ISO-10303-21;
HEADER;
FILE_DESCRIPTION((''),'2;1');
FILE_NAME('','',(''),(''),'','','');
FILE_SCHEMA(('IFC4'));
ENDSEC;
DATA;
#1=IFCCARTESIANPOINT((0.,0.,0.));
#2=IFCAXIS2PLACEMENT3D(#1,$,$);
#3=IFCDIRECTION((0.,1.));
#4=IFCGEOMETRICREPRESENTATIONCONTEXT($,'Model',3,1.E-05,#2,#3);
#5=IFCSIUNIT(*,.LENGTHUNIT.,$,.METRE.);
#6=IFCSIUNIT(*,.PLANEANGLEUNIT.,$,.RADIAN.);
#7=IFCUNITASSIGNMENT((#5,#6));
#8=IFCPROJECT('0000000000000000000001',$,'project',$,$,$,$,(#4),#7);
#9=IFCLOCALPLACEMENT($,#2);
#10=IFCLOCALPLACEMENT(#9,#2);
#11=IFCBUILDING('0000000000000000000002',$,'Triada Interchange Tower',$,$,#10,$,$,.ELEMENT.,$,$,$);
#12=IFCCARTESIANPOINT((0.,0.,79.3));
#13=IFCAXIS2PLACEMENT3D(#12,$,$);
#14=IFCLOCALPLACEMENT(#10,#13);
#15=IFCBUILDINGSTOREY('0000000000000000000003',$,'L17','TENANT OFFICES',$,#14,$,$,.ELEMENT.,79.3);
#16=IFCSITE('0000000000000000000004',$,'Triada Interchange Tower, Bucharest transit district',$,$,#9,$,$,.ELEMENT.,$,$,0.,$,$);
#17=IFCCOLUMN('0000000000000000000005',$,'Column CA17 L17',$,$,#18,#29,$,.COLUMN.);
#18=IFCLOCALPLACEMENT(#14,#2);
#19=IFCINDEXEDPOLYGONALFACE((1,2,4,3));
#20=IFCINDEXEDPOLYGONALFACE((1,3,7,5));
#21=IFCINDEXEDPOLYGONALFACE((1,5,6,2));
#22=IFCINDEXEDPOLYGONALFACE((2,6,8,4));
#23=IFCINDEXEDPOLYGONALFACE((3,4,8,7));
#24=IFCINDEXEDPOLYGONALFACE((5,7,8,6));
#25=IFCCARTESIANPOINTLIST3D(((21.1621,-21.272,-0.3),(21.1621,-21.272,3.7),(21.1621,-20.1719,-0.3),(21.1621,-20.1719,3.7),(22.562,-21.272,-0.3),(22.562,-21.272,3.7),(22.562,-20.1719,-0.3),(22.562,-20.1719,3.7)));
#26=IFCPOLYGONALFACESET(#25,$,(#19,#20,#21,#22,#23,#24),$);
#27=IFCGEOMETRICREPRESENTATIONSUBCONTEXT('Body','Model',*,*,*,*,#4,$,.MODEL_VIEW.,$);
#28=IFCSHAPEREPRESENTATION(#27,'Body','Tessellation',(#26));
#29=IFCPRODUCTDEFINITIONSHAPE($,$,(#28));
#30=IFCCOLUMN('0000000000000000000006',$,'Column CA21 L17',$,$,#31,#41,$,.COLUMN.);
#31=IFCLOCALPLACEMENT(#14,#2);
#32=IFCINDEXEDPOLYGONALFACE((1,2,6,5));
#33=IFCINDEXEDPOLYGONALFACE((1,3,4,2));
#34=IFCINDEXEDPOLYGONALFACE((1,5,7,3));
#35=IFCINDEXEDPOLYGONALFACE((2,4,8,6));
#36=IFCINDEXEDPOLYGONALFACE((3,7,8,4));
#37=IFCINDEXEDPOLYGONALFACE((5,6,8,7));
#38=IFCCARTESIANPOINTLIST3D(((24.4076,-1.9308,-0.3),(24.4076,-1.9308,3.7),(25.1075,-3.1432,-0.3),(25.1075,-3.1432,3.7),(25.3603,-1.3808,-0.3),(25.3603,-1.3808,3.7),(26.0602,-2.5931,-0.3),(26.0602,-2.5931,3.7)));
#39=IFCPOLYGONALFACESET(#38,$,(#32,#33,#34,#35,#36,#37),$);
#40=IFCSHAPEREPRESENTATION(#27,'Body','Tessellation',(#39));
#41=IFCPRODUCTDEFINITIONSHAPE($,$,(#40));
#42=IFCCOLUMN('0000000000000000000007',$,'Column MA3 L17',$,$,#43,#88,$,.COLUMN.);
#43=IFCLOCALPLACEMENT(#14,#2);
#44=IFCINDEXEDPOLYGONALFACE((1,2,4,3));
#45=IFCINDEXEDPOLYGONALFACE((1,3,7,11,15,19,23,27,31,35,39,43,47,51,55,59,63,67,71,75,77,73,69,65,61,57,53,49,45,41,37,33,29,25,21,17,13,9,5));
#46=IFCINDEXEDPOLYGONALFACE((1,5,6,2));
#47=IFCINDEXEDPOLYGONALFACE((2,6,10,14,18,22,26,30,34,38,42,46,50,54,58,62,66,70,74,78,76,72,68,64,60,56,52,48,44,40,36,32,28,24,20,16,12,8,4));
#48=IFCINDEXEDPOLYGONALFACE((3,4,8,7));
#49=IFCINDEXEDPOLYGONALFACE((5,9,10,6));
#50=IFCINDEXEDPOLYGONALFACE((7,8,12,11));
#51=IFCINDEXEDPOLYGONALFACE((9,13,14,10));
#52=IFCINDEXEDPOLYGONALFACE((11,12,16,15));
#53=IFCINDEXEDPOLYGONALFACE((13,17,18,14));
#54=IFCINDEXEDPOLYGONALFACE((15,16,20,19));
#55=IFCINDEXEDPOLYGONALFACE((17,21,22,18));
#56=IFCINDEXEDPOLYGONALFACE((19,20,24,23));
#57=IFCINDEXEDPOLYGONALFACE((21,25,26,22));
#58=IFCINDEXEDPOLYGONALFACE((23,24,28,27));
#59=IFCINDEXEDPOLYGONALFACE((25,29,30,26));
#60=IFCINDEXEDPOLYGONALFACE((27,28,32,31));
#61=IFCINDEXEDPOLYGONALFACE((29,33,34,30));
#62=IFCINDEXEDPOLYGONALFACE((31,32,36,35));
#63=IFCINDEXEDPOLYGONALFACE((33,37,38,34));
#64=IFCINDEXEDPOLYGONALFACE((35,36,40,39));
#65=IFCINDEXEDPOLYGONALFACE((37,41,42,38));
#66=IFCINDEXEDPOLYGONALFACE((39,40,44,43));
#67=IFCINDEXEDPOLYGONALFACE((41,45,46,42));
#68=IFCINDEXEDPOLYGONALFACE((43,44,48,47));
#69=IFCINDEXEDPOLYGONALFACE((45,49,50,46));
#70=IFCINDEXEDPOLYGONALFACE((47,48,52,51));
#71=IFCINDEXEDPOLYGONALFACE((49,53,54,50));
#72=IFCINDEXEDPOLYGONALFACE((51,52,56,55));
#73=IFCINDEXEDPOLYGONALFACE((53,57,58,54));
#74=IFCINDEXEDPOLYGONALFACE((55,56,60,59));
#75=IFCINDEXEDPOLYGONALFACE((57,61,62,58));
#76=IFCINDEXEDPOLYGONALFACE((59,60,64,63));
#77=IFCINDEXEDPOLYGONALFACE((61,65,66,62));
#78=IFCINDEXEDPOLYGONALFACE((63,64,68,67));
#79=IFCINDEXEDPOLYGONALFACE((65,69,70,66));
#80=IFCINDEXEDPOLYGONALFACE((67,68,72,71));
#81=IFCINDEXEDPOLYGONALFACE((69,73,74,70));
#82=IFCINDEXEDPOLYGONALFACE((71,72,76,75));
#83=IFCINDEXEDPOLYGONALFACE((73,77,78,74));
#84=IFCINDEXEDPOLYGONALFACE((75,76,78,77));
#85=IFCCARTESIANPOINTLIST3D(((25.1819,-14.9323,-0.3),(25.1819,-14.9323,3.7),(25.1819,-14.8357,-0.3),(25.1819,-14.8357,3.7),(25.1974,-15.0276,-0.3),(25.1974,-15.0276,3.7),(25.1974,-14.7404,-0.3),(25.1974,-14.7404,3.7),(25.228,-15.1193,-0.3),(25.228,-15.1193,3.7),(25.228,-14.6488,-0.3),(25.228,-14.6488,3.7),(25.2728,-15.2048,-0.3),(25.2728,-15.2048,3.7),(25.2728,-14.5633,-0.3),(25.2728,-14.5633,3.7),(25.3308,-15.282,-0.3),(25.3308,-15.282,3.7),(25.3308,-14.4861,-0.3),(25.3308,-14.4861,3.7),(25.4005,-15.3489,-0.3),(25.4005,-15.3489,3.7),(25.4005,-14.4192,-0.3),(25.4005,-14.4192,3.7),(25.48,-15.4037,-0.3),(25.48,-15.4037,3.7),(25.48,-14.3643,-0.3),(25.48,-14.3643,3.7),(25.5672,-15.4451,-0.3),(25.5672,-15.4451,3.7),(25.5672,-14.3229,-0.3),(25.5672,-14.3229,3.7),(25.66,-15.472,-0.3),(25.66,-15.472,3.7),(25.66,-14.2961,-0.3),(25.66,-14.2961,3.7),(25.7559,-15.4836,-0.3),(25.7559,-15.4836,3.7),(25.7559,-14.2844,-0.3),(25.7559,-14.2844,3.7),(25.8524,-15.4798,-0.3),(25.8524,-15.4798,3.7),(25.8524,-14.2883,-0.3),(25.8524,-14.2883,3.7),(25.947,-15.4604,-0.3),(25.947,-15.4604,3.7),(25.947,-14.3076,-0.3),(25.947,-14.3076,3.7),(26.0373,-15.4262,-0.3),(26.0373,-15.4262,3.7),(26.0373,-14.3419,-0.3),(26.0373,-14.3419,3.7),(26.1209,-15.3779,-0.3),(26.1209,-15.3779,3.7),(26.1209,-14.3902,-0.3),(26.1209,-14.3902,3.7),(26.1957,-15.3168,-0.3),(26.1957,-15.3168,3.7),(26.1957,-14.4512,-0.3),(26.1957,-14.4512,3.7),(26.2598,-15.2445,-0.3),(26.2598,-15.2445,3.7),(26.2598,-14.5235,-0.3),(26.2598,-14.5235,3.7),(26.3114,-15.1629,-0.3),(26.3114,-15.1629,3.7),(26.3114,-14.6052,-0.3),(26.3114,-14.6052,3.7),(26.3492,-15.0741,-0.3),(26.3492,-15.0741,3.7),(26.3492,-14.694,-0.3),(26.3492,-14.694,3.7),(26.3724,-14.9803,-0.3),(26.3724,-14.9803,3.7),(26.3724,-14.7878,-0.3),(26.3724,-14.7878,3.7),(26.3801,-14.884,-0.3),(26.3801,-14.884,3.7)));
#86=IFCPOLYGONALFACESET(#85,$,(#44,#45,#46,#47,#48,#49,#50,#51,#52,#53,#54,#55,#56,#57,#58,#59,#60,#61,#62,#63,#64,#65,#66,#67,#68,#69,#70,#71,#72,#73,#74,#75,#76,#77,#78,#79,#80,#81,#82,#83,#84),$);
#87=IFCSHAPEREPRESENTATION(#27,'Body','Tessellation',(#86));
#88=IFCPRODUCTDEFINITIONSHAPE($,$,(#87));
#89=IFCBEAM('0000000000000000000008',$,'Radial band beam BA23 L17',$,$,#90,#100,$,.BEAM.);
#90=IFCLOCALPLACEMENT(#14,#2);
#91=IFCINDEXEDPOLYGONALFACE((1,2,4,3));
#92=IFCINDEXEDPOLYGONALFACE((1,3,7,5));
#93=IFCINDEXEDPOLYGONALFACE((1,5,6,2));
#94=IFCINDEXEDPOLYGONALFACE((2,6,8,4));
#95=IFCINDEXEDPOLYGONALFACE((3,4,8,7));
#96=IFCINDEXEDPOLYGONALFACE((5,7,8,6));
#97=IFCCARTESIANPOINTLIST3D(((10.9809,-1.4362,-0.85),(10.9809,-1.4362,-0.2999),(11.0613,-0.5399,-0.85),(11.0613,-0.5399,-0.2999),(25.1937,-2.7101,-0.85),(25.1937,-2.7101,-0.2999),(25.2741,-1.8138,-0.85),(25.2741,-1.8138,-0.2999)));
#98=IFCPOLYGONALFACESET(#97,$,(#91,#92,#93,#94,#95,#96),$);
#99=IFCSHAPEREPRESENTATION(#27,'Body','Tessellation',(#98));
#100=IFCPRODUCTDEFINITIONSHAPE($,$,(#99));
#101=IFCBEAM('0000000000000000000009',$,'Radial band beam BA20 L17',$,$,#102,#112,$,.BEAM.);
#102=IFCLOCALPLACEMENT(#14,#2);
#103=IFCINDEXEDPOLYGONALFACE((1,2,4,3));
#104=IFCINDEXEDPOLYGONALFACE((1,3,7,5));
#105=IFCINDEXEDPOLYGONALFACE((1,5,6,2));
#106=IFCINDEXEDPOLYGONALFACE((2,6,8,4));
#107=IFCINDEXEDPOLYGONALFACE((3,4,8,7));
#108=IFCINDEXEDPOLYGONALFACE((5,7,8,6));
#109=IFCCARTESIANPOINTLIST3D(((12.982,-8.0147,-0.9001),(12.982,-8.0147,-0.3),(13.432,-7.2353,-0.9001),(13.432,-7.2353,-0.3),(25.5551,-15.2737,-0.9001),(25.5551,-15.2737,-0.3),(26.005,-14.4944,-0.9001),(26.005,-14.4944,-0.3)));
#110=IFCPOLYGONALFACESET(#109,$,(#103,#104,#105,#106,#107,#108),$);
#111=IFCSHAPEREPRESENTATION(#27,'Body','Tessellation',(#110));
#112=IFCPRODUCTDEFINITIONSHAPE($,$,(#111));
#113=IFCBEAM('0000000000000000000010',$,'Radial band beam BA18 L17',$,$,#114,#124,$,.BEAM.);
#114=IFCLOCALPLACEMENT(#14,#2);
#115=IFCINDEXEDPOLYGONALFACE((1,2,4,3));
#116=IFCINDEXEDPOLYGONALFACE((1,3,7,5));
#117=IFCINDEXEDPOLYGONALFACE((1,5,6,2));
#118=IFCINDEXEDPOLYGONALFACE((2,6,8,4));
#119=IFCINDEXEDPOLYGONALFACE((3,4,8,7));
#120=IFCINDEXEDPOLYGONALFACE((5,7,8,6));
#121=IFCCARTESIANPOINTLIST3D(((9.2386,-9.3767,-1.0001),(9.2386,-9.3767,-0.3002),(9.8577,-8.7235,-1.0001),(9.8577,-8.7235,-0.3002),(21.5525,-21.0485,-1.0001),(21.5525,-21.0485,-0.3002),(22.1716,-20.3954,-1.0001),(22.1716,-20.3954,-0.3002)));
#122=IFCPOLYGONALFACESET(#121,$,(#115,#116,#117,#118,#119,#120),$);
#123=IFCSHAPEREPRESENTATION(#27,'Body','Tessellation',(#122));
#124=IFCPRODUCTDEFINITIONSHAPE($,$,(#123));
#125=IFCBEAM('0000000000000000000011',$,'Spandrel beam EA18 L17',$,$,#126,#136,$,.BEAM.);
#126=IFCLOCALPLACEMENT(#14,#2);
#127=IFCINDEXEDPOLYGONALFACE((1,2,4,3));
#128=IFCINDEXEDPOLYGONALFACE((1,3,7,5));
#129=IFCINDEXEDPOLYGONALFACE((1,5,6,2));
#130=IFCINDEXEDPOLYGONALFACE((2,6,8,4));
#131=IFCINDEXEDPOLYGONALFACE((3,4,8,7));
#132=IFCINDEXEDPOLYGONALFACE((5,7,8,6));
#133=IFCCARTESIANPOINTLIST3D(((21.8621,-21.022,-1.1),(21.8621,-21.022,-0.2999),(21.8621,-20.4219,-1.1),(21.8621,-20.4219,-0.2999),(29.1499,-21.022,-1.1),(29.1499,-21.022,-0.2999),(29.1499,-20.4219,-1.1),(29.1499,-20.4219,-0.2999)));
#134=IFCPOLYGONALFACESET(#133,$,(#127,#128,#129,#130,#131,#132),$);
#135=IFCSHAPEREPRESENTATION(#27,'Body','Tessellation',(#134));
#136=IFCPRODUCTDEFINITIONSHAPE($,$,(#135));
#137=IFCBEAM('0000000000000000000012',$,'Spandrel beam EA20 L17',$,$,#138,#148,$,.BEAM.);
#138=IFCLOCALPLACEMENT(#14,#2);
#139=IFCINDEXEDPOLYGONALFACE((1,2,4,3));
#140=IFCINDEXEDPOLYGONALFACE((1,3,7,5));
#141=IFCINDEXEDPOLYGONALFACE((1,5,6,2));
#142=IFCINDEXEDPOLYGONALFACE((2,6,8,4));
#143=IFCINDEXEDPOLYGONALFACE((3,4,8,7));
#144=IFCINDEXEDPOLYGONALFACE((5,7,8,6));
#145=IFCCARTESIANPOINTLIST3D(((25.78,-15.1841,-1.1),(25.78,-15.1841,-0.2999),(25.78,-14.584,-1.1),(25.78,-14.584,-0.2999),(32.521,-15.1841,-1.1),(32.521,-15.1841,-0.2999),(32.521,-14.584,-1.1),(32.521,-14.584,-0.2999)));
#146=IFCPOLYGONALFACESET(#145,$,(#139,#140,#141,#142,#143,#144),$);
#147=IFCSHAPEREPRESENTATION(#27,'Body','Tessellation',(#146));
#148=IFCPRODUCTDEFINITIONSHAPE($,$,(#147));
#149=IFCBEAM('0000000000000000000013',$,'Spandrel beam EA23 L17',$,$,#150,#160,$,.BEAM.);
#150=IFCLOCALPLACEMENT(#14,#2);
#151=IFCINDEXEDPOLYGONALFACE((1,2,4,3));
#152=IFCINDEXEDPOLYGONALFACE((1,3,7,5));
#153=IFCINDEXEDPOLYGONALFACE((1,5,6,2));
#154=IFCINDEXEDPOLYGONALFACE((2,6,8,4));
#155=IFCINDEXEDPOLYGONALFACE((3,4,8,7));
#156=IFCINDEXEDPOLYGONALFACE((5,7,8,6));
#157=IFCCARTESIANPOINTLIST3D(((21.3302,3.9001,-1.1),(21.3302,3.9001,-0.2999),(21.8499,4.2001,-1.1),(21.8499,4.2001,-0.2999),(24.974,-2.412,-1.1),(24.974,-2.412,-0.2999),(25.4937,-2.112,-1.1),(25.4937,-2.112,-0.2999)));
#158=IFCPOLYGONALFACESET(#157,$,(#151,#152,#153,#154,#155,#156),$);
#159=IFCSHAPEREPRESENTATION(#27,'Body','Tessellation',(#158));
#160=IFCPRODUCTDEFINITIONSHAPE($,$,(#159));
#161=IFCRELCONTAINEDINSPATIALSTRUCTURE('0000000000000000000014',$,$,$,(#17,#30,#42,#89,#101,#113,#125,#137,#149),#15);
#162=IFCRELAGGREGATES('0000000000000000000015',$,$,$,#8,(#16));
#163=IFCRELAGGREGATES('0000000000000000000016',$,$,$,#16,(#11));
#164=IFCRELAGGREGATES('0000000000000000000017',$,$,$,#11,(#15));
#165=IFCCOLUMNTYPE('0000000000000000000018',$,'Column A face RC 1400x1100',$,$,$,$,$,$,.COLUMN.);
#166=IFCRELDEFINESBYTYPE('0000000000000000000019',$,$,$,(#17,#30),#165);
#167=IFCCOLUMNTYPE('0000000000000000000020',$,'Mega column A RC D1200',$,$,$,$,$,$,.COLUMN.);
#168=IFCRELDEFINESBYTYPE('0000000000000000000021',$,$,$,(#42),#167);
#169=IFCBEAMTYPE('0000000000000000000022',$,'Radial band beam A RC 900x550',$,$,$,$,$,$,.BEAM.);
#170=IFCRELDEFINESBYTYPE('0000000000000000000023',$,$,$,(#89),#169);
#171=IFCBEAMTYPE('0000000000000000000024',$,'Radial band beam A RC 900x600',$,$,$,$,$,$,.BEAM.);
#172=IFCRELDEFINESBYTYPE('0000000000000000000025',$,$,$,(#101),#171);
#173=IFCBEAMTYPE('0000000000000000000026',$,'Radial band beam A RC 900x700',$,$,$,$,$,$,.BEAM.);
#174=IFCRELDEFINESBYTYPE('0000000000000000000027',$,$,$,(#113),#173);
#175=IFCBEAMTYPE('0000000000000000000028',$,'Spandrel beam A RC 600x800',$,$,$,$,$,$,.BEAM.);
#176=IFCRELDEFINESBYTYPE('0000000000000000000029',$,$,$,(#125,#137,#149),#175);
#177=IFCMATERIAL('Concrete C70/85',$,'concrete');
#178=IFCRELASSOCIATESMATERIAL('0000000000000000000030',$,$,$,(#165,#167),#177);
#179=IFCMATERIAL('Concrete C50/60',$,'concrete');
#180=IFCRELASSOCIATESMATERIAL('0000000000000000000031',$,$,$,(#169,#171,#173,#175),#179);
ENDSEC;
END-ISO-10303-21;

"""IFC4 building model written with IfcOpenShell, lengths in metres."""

from ifc_helpers import new_model, si_unit, direction, frame, origin, origin_2d, place, context, subcontext, project, spatial, rectangle, circle, extrude, material, material_profile, profile_set, type_object, element, save


model = new_model("IFC4")

# Units and contexts
model_context = context("Model", 3, precision=1e-05, world=origin(), true_north=direction((0.0, 1.0)))
body_context = subcontext(model_context, "Body", "Model", "MODEL_VIEW")
ifc_project = project(units=[si_unit("LENGTHUNIT", "METRE"), si_unit("PLANEANGLEUNIT", "RADIAN")], contexts=[model_context])

# Site, building, storey
site_placement = place(None, origin())
site = spatial("IfcSite", under=ifc_project, at=site_placement, Name="Triada Interchange Tower, Bucharest transit district", CompositionType="ELEMENT", RefElevation=0.0)
building_placement = place(site_placement, origin())
building = spatial("IfcBuilding", under=site, at=building_placement, Name="Triada Interchange Tower", CompositionType="ELEMENT")
storey_placement = place(building_placement, frame((0.0, 0.0, 79.3)))
storey = spatial("IfcBuildingStorey", under=building, at=storey_placement, Name="L17", Description="TENANT OFFICES", CompositionType="ELEMENT", Elevation=79.3)

# Columns
ifc_material_1 = material(Name="Concrete C70/85", Category="concrete")
ifc_material_profile_1 = material_profile(ifc_material_1, rectangle(XDim=1.3999, YDim=1.1001, at=origin_2d()), Name="RC 1400x1100")
ifc_profile_set_1 = profile_set([ifc_material_profile_1], Name="Concrete C70/85")
column_type_1 = type_object("IfcColumnType", Name="Column A face RC 1400x1100", PredefinedType="COLUMN", material=ifc_profile_set_1)
for number, where, z_axis, x_axis, name in (
    (1, (21.8621, -20.7219, -0.3), (0.0, 0.0, 1.0), (1.0, 0.0, 0.0), "Column CA17 L17"),
    (2, (25.2339, -2.262, -0.3), (0.0, 0.0, 1.0), (-0.5, 0.866025, 0.0), "Column CA21 L17"),
):
    element("IfcColumn", number, at=place(storey_placement, frame(where, z_axis=z_axis, x_axis=x_axis)), inside=storey, type_object=column_type_1, Name=name, PredefinedType="COLUMN", context=body_context, shape_type="SweptSolid", body=[
        extrude(rectangle(XDim=1.3999, YDim=1.1001, at=origin_2d()), origin(), (0.0, 0.0, 1.0), 4.0),
    ])
ifc_material_profile_2 = material_profile(ifc_material_1, circle(Radius=0.6001, at=origin_2d()), Name="RC D1200")
ifc_profile_set_2 = profile_set([ifc_material_profile_2], Name="Concrete C70/85")
column_type_2 = type_object("IfcColumnType", Name="Mega column A RC D1200", PredefinedType="COLUMN", material=ifc_profile_set_2)
column_placement = place(storey_placement, frame((25.78, -14.884, -0.3), z_axis=(0.0, 0.0, 1.0), x_axis=(1.0, 0.0, 0.0)))
element("IfcColumn", 3, at=column_placement, inside=storey, type_object=column_type_2, Name="Column MA3 L17", PredefinedType="COLUMN", context=body_context, shape_type="SweptSolid", body=[
    extrude(circle(Radius=0.6001, at=origin_2d()), origin(), (0.0, 0.0, 1.0), 4.0),
])

# Beams
ifc_material_2 = material(Name="Concrete C50/60", Category="concrete")
ifc_material_profile_3 = material_profile(ifc_material_2, rectangle(XDim=0.8999, YDim=0.55, at=origin_2d()), Name="RC 900x550")
ifc_profile_set_3 = profile_set([ifc_material_profile_3], Name="Concrete C50/60")
beam_type_1 = type_object("IfcBeamType", Name="Radial band beam A RC 900x550", PredefinedType="BEAM", material=ifc_profile_set_3)
beam_1_placement = place(storey_placement, frame((25.2339, -2.262, -0.575), z_axis=(-0.996007, 0.089274, 0.0), x_axis=(-0.089274, -0.996007, 0.0)))
element("IfcBeam", 4, at=beam_1_placement, inside=storey, type_object=beam_type_1, Name="Radial band beam BA23 L17", PredefinedType="BEAM", context=body_context, shape_type="SweptSolid", body=[
    extrude(rectangle(XDim=0.8999, YDim=0.55, at=origin_2d()), origin(), (0.0, 0.0, 1.0), 14.2698),
])
ifc_material_profile_4 = material_profile(ifc_material_2, rectangle(XDim=0.8999, YDim=0.6001, at=origin_2d()), Name="RC 900x600")
ifc_profile_set_4 = profile_set([ifc_material_profile_4], Name="Concrete C50/60")
beam_type_2 = type_object("IfcBeamType", Name="Radial band beam A RC 900x600", PredefinedType="BEAM", material=ifc_profile_set_4)
beam_2_placement = place(storey_placement, frame((25.78, -14.884, -0.6001), z_axis=(-0.866025, 0.5, 0.0), x_axis=(-0.5, -0.866025, 0.0)))
element("IfcBeam", 5, at=beam_2_placement, inside=storey, type_object=beam_type_2, Name="Radial band beam BA20 L17", PredefinedType="BEAM", context=body_context, shape_type="SweptSolid", body=[
    extrude(rectangle(XDim=0.8999, YDim=0.6001, at=origin_2d()), origin(), (0.0, 0.0, 1.0), 14.5181),
])
ifc_material_profile_5 = material_profile(ifc_material_2, rectangle(XDim=0.8999, YDim=0.7, at=origin_2d()), Name="RC 900x700")
ifc_profile_set_5 = profile_set([ifc_material_profile_5], Name="Concrete C50/60")
beam_type_3 = type_object("IfcBeamType", Name="Radial band beam A RC 900x700", PredefinedType="BEAM", material=ifc_profile_set_5)
beam_3_placement = place(storey_placement, frame((21.8621, -20.7219, -0.6501), z_axis=(-0.725776, 0.687931, 0.0), x_axis=(-0.687931, -0.725776, 0.0)))
element("IfcBeam", 6, at=beam_3_placement, inside=storey, type_object=beam_type_3, Name="Radial band beam BA18 L17", PredefinedType="BEAM", context=body_context, shape_type="SweptSolid", body=[
    extrude(rectangle(XDim=0.8999, YDim=0.7, at=origin_2d()), origin(), (0.0, 0.0, 1.0), 16.9666),
])
ifc_material_profile_6 = material_profile(ifc_material_2, rectangle(XDim=0.6001, YDim=0.8, at=origin_2d()), Name="RC 600x800")
ifc_profile_set_6 = profile_set([ifc_material_profile_6], Name="Concrete C50/60")
beam_type_4 = type_object("IfcBeamType", Name="Spandrel beam A RC 600x800", PredefinedType="BEAM", material=ifc_profile_set_6)
beam_4_placement = place(storey_placement, frame((21.8621, -20.7219, -0.7), z_axis=(1.0, 0.0, 0.0), x_axis=(0.0, 1.0, 0.0)))
element("IfcBeam", 7, at=beam_4_placement, inside=storey, type_object=beam_type_4, Name="Spandrel beam EA18 L17", PredefinedType="BEAM", context=body_context, shape_type="SweptSolid", body=[
    extrude(rectangle(XDim=0.6001, YDim=0.8, at=origin_2d()), origin(), (0.0, 0.0, 1.0), 7.2878),
])
beam_5_placement = place(storey_placement, frame((25.78, -14.884, -0.7), z_axis=(1.0, 0.0, 0.0), x_axis=(0.0, 1.0, 0.0)))
element("IfcBeam", 8, at=beam_5_placement, inside=storey, type_object=beam_type_4, Name="Spandrel beam EA20 L17", PredefinedType="BEAM", context=body_context, shape_type="SweptSolid", body=[
    extrude(rectangle(XDim=0.6001, YDim=0.8, at=origin_2d()), origin(), (0.0, 0.0, 1.0), 6.741),
])
beam_6_placement = place(storey_placement, frame((25.2339, -2.262, -0.7), z_axis=(-0.499954, 0.866052, 0.0), x_axis=(-0.866052, -0.499954, 0.0)))
element("IfcBeam", 9, at=beam_6_placement, inside=storey, type_object=beam_type_4, Name="Spandrel beam EA23 L17", PredefinedType="BEAM", context=body_context, shape_type="SweptSolid", body=[
    extrude(rectangle(XDim=0.6001, YDim=0.8, at=origin_2d()), origin(), (0.0, 0.0, 1.0), 7.2883),
])

save(model, "model.ifc")
